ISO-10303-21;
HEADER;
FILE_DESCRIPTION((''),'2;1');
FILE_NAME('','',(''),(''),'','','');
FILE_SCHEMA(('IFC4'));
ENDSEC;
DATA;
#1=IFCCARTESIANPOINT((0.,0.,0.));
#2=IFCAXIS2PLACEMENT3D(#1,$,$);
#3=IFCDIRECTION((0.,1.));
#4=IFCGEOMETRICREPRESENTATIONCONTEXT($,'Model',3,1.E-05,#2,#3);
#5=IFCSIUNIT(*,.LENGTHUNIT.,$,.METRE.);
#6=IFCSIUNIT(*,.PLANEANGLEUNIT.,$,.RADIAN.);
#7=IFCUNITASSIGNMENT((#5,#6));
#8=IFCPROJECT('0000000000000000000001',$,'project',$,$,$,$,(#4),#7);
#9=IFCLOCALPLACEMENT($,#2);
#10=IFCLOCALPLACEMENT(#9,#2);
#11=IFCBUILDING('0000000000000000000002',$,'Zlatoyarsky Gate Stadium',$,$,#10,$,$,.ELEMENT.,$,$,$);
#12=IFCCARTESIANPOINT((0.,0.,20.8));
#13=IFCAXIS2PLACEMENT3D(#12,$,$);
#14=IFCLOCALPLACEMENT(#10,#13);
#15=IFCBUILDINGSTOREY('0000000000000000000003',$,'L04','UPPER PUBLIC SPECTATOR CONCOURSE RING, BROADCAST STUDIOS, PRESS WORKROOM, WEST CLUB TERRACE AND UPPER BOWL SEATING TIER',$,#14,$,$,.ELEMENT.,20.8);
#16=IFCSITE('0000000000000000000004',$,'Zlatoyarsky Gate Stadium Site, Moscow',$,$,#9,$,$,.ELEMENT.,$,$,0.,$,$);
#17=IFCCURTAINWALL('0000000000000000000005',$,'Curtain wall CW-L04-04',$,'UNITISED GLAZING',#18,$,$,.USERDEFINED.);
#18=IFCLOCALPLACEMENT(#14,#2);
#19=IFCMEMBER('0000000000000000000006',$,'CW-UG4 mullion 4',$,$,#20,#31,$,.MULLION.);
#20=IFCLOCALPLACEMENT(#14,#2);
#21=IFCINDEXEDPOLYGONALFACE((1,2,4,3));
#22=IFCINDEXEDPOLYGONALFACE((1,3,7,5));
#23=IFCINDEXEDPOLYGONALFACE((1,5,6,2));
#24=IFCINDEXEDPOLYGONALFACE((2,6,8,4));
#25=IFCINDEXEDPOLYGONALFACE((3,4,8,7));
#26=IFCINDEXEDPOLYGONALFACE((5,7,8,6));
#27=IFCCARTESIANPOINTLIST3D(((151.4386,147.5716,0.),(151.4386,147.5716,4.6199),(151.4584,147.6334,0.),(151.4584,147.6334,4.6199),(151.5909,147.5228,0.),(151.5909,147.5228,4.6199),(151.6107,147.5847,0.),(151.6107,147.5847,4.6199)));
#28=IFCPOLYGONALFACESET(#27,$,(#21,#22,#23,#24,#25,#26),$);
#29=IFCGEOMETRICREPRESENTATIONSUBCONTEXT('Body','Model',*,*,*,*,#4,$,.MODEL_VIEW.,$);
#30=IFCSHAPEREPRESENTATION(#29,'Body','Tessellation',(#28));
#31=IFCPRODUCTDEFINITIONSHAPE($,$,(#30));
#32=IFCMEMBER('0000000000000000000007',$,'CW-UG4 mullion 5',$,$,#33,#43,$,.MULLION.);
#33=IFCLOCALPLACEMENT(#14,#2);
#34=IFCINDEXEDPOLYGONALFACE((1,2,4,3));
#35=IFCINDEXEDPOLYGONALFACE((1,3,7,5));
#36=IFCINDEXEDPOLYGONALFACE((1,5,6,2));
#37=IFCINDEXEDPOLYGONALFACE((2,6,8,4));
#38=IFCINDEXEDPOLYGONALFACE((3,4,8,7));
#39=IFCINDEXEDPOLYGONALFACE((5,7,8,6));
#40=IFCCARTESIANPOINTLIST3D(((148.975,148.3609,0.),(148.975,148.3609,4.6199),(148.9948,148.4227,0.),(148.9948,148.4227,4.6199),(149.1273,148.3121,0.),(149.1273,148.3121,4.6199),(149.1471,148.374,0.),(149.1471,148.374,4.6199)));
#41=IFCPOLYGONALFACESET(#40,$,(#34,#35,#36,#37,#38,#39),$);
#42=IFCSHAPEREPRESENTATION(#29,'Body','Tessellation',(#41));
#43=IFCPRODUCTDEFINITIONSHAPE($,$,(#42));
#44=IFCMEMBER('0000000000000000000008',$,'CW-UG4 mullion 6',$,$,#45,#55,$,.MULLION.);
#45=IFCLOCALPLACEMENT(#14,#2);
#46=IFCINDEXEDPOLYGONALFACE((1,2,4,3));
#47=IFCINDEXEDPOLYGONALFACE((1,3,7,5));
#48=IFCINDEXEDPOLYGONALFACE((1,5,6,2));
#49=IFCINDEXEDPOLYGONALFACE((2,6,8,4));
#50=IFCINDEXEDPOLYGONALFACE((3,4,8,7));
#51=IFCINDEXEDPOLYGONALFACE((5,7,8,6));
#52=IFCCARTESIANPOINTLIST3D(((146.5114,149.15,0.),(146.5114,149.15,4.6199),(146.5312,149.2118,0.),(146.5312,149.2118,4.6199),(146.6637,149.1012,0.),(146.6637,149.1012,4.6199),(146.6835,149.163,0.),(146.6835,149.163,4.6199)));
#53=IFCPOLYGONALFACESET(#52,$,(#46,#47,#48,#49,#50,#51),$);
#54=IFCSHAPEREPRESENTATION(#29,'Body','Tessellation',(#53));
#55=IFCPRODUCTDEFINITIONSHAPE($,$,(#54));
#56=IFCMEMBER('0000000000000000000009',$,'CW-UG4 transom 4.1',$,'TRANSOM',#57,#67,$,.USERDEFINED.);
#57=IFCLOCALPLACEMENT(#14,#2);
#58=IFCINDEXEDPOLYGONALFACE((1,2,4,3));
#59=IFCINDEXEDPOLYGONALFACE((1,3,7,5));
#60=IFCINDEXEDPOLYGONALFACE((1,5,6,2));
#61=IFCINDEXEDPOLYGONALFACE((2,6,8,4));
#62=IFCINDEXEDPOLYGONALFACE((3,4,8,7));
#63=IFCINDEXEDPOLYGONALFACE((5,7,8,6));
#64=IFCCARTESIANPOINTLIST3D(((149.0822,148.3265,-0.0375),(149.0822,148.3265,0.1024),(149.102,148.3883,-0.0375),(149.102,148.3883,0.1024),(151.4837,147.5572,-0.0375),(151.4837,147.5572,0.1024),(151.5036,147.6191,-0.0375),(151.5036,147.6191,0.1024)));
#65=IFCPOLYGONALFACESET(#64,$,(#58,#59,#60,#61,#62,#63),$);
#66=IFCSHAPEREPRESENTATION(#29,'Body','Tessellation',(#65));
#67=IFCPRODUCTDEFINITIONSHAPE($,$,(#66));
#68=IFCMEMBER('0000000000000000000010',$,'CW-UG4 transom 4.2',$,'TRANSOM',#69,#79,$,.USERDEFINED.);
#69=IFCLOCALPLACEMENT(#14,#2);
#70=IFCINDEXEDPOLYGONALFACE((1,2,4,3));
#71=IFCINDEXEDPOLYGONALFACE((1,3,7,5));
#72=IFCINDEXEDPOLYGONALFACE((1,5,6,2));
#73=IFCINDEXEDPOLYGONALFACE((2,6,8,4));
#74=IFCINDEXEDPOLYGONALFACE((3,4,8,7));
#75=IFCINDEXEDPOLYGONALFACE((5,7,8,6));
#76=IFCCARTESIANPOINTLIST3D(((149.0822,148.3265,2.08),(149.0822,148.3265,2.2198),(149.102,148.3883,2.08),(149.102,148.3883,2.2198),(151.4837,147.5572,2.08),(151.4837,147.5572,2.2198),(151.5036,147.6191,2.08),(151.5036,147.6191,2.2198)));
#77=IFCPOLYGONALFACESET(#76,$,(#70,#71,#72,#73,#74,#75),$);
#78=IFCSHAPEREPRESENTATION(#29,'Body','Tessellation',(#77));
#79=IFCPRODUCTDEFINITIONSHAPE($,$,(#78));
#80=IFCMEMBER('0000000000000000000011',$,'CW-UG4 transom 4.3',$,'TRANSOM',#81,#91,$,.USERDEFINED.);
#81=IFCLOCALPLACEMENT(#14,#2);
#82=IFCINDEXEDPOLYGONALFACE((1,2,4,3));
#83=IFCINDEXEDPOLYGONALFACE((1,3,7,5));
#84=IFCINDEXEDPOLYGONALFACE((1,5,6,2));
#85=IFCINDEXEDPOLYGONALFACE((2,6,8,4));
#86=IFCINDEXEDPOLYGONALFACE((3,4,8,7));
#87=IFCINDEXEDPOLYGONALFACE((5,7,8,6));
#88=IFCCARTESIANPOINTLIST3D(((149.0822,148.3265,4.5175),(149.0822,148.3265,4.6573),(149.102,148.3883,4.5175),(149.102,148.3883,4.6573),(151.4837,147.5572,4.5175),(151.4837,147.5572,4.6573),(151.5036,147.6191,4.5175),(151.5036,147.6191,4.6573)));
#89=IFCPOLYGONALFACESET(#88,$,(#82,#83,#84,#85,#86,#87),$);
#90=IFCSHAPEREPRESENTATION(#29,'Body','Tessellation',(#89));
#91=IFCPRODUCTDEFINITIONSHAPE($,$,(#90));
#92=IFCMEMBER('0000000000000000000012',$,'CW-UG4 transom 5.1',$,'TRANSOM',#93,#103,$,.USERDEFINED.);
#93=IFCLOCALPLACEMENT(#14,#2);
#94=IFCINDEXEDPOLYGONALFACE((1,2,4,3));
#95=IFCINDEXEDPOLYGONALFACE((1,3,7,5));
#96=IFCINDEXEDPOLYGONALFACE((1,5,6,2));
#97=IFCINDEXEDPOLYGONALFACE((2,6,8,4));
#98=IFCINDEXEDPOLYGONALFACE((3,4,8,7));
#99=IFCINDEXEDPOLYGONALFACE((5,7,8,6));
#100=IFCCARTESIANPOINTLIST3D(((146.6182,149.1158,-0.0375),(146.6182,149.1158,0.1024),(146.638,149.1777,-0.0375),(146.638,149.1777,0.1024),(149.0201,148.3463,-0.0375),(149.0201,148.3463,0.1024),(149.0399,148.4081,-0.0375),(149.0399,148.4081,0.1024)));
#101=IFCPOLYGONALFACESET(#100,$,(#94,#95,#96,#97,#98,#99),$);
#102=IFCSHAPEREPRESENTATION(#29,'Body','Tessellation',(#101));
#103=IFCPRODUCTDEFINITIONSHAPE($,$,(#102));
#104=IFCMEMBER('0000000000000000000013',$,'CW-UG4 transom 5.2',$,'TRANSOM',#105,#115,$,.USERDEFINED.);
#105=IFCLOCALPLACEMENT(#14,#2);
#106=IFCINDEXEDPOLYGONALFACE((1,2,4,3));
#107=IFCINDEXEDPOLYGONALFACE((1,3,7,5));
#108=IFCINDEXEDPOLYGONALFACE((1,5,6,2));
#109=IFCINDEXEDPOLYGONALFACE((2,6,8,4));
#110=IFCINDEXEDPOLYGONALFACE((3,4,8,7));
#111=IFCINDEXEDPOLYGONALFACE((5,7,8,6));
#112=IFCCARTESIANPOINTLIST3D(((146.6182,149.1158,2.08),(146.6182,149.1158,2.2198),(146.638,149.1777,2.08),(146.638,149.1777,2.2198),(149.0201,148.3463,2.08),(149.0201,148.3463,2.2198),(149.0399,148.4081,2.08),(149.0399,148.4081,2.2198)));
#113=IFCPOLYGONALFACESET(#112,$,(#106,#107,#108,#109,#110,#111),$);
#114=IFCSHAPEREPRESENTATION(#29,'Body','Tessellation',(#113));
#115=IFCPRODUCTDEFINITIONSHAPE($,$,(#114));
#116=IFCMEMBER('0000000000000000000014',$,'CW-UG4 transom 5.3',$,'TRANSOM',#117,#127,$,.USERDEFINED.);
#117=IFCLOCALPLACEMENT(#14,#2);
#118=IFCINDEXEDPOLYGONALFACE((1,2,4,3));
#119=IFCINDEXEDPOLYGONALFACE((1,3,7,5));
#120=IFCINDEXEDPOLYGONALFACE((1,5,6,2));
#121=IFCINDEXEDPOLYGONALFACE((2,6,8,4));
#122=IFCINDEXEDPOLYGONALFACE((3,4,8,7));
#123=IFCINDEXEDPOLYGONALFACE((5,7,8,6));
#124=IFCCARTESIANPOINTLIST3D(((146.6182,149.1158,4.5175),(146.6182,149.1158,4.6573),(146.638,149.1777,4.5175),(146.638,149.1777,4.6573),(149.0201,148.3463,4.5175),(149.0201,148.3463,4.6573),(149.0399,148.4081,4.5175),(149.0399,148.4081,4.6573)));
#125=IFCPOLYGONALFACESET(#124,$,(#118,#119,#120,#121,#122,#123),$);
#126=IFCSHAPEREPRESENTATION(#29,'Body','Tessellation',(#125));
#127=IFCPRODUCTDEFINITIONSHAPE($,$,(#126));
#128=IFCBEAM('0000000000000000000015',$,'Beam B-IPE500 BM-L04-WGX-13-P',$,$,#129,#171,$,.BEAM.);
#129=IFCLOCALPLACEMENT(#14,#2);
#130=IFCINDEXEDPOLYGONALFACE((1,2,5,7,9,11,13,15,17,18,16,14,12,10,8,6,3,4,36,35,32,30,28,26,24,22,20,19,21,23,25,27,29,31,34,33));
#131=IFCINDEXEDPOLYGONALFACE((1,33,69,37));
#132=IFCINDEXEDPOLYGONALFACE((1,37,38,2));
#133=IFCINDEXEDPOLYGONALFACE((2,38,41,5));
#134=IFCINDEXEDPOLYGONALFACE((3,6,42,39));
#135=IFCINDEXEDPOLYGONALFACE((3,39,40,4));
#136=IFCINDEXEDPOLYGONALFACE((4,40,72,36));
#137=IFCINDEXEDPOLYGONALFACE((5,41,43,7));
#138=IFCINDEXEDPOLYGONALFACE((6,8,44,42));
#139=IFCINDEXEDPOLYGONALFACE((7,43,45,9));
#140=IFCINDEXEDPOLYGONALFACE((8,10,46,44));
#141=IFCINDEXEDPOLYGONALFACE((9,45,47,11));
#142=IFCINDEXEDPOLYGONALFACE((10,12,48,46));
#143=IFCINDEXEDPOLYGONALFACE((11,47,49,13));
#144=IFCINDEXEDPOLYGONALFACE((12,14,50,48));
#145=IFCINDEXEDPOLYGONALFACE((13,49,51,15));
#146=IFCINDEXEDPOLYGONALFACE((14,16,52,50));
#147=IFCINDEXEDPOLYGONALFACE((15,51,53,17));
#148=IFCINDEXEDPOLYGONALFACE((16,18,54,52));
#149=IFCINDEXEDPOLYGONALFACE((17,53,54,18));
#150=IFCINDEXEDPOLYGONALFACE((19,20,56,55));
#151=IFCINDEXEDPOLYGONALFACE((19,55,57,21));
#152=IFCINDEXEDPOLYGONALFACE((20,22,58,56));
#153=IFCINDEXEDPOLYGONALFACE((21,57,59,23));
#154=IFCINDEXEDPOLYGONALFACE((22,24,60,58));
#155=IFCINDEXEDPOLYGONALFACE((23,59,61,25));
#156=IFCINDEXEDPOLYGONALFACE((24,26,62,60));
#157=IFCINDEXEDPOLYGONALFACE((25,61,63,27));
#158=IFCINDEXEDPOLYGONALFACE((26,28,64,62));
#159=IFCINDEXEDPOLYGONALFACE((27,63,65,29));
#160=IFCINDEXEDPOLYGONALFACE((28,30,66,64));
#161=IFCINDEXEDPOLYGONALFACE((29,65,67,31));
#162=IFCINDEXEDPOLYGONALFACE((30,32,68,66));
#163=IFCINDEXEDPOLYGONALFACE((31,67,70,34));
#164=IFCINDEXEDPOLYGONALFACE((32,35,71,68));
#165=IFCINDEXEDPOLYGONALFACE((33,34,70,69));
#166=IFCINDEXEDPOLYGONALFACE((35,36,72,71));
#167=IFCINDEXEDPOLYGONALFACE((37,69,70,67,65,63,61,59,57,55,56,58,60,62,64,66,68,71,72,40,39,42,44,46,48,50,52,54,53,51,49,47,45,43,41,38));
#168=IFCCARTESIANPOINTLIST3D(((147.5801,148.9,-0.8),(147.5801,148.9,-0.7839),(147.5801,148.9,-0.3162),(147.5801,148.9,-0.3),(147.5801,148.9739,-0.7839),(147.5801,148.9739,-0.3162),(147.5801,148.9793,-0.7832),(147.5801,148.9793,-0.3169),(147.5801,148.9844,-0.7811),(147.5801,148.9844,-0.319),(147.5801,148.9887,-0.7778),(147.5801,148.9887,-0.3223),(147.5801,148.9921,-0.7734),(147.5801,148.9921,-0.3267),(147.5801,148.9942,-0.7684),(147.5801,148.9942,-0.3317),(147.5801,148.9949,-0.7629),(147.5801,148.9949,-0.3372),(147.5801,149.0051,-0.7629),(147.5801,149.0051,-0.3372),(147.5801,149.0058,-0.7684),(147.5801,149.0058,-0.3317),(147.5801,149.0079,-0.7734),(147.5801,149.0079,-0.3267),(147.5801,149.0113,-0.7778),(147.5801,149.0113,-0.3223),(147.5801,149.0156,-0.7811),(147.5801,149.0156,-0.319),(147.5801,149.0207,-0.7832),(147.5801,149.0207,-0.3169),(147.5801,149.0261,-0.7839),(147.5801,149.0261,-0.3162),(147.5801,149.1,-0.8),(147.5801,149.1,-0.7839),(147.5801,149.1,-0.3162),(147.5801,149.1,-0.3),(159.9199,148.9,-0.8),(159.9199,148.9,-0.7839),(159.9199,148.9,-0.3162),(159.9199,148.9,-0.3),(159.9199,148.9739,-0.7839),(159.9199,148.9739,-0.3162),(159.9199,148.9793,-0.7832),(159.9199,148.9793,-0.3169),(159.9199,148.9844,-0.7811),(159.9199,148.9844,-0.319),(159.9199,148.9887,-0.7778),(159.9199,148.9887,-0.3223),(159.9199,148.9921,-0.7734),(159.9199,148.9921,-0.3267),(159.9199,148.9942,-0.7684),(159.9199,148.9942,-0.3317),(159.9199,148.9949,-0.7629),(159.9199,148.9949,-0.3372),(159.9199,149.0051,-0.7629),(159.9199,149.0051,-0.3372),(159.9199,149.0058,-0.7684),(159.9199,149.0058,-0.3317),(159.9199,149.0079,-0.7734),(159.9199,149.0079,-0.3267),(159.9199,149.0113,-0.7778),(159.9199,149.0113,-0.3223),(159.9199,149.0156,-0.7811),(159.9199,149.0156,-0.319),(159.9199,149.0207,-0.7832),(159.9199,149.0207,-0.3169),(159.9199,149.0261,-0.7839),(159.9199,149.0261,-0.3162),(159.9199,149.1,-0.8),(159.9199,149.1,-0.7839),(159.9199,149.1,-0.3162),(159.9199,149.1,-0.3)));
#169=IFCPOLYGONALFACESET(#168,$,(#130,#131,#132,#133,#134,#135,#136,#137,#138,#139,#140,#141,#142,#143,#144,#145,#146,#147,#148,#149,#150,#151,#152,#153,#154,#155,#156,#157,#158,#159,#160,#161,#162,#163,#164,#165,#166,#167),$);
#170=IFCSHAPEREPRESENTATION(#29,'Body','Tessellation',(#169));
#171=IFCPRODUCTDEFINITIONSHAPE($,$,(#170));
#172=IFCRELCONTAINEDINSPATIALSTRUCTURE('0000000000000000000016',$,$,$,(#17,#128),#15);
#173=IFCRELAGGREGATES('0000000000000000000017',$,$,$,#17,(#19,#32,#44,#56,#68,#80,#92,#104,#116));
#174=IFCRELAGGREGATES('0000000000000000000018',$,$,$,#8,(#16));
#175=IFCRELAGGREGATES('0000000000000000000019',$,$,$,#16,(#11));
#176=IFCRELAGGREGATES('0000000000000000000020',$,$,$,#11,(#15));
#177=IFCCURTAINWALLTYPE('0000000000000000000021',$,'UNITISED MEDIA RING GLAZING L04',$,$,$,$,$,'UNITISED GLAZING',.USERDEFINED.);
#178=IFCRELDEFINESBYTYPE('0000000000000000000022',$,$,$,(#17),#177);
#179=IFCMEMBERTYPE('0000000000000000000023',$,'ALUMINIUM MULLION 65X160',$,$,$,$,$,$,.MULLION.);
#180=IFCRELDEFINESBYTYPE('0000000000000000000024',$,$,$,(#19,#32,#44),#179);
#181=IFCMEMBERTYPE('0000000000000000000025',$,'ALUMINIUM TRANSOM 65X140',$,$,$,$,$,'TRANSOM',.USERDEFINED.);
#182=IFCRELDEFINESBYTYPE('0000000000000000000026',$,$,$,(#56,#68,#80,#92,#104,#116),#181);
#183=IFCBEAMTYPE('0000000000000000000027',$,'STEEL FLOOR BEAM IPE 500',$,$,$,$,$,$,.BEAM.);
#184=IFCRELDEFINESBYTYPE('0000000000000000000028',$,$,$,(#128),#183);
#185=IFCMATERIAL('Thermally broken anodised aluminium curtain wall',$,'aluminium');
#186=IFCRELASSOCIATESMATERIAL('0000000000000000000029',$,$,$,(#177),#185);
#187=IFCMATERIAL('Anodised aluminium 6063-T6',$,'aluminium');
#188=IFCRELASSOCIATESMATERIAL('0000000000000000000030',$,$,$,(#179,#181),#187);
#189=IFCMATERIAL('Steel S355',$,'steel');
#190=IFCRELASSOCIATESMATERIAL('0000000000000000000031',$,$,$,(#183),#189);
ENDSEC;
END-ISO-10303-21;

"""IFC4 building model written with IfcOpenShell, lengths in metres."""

from ifc_helpers import new_model, si_unit, direction, frame, origin, origin_2d, place, context, subcontext, project, spatial, rectangle, i_section, extrude, material, material_profile, profile_set, type_object, element, aggregate, save


model = new_model("IFC4")

# Units and contexts
model_context = context("Model", 3, precision=1e-05, world=origin(), true_north=direction((0.0, 1.0)))
body_context = subcontext(model_context, "Body", "Model", "MODEL_VIEW")
ifc_project = project(units=[si_unit("LENGTHUNIT", "METRE"), si_unit("PLANEANGLEUNIT", "RADIAN")], contexts=[model_context])

# Site, building, storey
site_placement = place(None, origin())
site = spatial("IfcSite", under=ifc_project, at=site_placement, Name="Zlatoyarsky Gate Stadium Site, Moscow", CompositionType="ELEMENT", RefElevation=0.0)
building_placement = place(site_placement, origin())
building = spatial("IfcBuilding", under=site, at=building_placement, Name="Zlatoyarsky Gate Stadium", CompositionType="ELEMENT")
storey_placement = place(building_placement, frame((0.0, 0.0, 20.8)))
storey = spatial("IfcBuildingStorey", under=building, at=storey_placement, Name="L04", Description="UPPER PUBLIC SPECTATOR CONCOURSE RING, BROADCAST STUDIOS, PRESS WORKROOM, WEST CLUB TERRACE AND UPPER BOWL SEATING TIER", CompositionType="ELEMENT", Elevation=20.8)

# Curtain wall, members
ifc_material_1 = material(Name="Thermally broken anodised aluminium curtain wall", Category="aluminium")
curtain_wall_type = type_object("IfcCurtainWallType", Name="UNITISED MEDIA RING GLAZING L04", ElementType="UNITISED GLAZING", PredefinedType="USERDEFINED", material=ifc_material_1)
curtain_wall_placement = place(storey_placement, origin())
curtain_wall = element("IfcCurtainWall", 1, at=curtain_wall_placement, inside=storey, type_object=curtain_wall_type, Name="Curtain wall CW-L04-04", ObjectType="UNITISED GLAZING", PredefinedType="USERDEFINED")
ifc_material_2 = material(Name="Anodised aluminium 6063-T6", Category="aluminium")
ifc_material_profile_1 = material_profile(ifc_material_2, rectangle(XDim=0.0649, YDim=0.1599, at=origin_2d()), Name="ALU 65X160")
ifc_profile_set_1 = profile_set([ifc_material_profile_1], Name="Anodised aluminium 6063-T6")
member_type_1 = type_object("IfcMemberType", Name="ALUMINIUM MULLION 65X160", PredefinedType="MULLION", material=ifc_profile_set_1)
member_1_placement = place(storey_placement, frame((151.5247, 147.5781, 0.0), z_axis=(0.0, 0.0, 1.0), x_axis=(-0.305066, -0.952331, 0.0)))
member_1 = element("IfcMember", 2, at=member_1_placement, type_object=member_type_1, Name="CW-UG4 mullion 4", PredefinedType="MULLION", context=body_context, shape_type="SweptSolid", body=[
    extrude(rectangle(XDim=0.0649, YDim=0.1599, at=origin_2d()), origin(), (0.0, 0.0, 1.0), 4.6199),
])
member_2_placement = place(storey_placement, frame((149.061, 148.3674, 0.0), z_axis=(0.0, 0.0, 1.0), x_axis=(-0.305066, -0.952331, 0.0)))
member_2 = element("IfcMember", 3, at=member_2_placement, type_object=member_type_1, Name="CW-UG4 mullion 5", PredefinedType="MULLION", context=body_context, shape_type="SweptSolid", body=[
    extrude(rectangle(XDim=0.0649, YDim=0.1599, at=origin_2d()), origin(), (0.0, 0.0, 1.0), 4.6199),
])
member_3_placement = place(storey_placement, frame((146.5974, 149.1565, 0.0), z_axis=(0.0, 0.0, 1.0), x_axis=(-0.305066, -0.952331, 0.0)))
member_3 = element("IfcMember", 4, at=member_3_placement, type_object=member_type_1, Name="CW-UG4 mullion 6", PredefinedType="MULLION", context=body_context, shape_type="SweptSolid", body=[
    extrude(rectangle(XDim=0.0649, YDim=0.1599, at=origin_2d()), origin(), (0.0, 0.0, 1.0), 4.6199),
])
ifc_material_profile_2 = material_profile(ifc_material_2, rectangle(XDim=0.0649, YDim=0.1399, at=origin_2d()), Name="ALU 65X140")
ifc_profile_set_2 = profile_set([ifc_material_profile_2], Name="Anodised aluminium 6063-T6")
member_type_2 = type_object("IfcMemberType", Name="ALUMINIUM TRANSOM 65X140", ElementType="TRANSOM", PredefinedType="USERDEFINED", material=ifc_profile_set_2)
member_4_placement = place(storey_placement, frame((151.4937, 147.5881, 0.0325), z_axis=(-0.952335, 0.305053, 0.0), x_axis=(-0.305053, -0.952335, 0.0)))
member_4 = element("IfcMember", 5, at=member_4_placement, type_object=member_type_2, Name="CW-UG4 transom 4.1", ObjectType="TRANSOM", PredefinedType="USERDEFINED", context=body_context, shape_type="SweptSolid", body=[
    extrude(rectangle(XDim=0.0649, YDim=0.1399, at=origin_2d()), origin(), (0.0, 0.0, 1.0), 2.5217),
])
member_5_placement = place(storey_placement, frame((151.4937, 147.5881, 2.1499), z_axis=(-0.952335, 0.305053, 0.0), x_axis=(-0.305053, -0.952335, 0.0)))
member_5 = element("IfcMember", 6, at=member_5_placement, type_object=member_type_2, Name="CW-UG4 transom 4.2", ObjectType="TRANSOM", PredefinedType="USERDEFINED", context=body_context, shape_type="SweptSolid", body=[
    extrude(rectangle(XDim=0.0649, YDim=0.1399, at=origin_2d()), origin(), (0.0, 0.0, 1.0), 2.5217),
])
member_6_placement = place(storey_placement, frame((151.4937, 147.5881, 4.5874), z_axis=(-0.952335, 0.305053, 0.0), x_axis=(-0.305053, -0.952335, 0.0)))
member_6 = element("IfcMember", 7, at=member_6_placement, type_object=member_type_2, Name="CW-UG4 transom 4.3", ObjectType="TRANSOM", PredefinedType="USERDEFINED", context=body_context, shape_type="SweptSolid", body=[
    extrude(rectangle(XDim=0.0649, YDim=0.1399, at=origin_2d()), origin(), (0.0, 0.0, 1.0), 2.5217),
])
member_7_placement = place(storey_placement, frame((149.03, 148.3772, 0.0325), z_axis=(-0.952316, 0.305113, 0.0), x_axis=(-0.305113, -0.952316, 0.0)))
member_7 = element("IfcMember", 8, at=member_7_placement, type_object=member_type_2, Name="CW-UG4 transom 5.1", ObjectType="TRANSOM", PredefinedType="USERDEFINED", context=body_context, shape_type="SweptSolid", body=[
    extrude(rectangle(XDim=0.0649, YDim=0.1399, at=origin_2d()), origin(), (0.0, 0.0, 1.0), 2.5222),
])
member_8_placement = place(storey_placement, frame((149.03, 148.3772, 2.1499), z_axis=(-0.952316, 0.305113, 0.0), x_axis=(-0.305113, -0.952316, 0.0)))
member_8 = element("IfcMember", 9, at=member_8_placement, type_object=member_type_2, Name="CW-UG4 transom 5.2", ObjectType="TRANSOM", PredefinedType="USERDEFINED", context=body_context, shape_type="SweptSolid", body=[
    extrude(rectangle(XDim=0.0649, YDim=0.1399, at=origin_2d()), origin(), (0.0, 0.0, 1.0), 2.5222),
])
member_9_placement = place(storey_placement, frame((149.03, 148.3772, 4.5874), z_axis=(-0.952316, 0.305113, 0.0), x_axis=(-0.305113, -0.952316, 0.0)))
member_9 = element("IfcMember", 10, at=member_9_placement, type_object=member_type_2, Name="CW-UG4 transom 5.3", ObjectType="TRANSOM", PredefinedType="USERDEFINED", context=body_context, shape_type="SweptSolid", body=[
    extrude(rectangle(XDim=0.0649, YDim=0.1399, at=origin_2d()), origin(), (0.0, 0.0, 1.0), 2.5222),
])

# Beam
ifc_material_3 = material(Name="Steel S355", Category="steel")
ifc_material_profile_3 = material_profile(ifc_material_3, i_section(OverallWidth=0.2, OverallDepth=0.5, WebThickness=0.0103, FlangeThickness=0.0161, FilletRadius=0.021, at=origin_2d()), Name="IPE 500")
ifc_profile_set_3 = profile_set([ifc_material_profile_3], Name="Steel S355")
beam_type_1 = type_object("IfcBeamType", Name="STEEL FLOOR BEAM IPE 500", PredefinedType="BEAM", material=ifc_profile_set_3)
for number, where, z_axis, x_axis, name in (
    (11, (147.5801, 149.0, -0.55), (1.0, 0.0, 0.0), (0.0, 1.0, 0.0), "Beam B-IPE500 BM-L04-WGX-13-P"),
):
    element("IfcBeam", number, at=place(storey_placement, frame(where, z_axis=z_axis, x_axis=x_axis)), inside=storey, type_object=beam_type_1, Name=name, PredefinedType="BEAM", context=body_context, shape_type="SweptSolid", body=[
        extrude(i_section(OverallWidth=0.2, OverallDepth=0.5, WebThickness=0.0103, FlangeThickness=0.0161, FilletRadius=0.021, at=origin_2d()), origin(), (0.0, 0.0, 1.0), 12.3398),
    ])

aggregate(curtain_wall, [member_1, member_2, member_3, member_4, member_5, member_6, member_7, member_8, member_9])

save(model, "model.ifc")
